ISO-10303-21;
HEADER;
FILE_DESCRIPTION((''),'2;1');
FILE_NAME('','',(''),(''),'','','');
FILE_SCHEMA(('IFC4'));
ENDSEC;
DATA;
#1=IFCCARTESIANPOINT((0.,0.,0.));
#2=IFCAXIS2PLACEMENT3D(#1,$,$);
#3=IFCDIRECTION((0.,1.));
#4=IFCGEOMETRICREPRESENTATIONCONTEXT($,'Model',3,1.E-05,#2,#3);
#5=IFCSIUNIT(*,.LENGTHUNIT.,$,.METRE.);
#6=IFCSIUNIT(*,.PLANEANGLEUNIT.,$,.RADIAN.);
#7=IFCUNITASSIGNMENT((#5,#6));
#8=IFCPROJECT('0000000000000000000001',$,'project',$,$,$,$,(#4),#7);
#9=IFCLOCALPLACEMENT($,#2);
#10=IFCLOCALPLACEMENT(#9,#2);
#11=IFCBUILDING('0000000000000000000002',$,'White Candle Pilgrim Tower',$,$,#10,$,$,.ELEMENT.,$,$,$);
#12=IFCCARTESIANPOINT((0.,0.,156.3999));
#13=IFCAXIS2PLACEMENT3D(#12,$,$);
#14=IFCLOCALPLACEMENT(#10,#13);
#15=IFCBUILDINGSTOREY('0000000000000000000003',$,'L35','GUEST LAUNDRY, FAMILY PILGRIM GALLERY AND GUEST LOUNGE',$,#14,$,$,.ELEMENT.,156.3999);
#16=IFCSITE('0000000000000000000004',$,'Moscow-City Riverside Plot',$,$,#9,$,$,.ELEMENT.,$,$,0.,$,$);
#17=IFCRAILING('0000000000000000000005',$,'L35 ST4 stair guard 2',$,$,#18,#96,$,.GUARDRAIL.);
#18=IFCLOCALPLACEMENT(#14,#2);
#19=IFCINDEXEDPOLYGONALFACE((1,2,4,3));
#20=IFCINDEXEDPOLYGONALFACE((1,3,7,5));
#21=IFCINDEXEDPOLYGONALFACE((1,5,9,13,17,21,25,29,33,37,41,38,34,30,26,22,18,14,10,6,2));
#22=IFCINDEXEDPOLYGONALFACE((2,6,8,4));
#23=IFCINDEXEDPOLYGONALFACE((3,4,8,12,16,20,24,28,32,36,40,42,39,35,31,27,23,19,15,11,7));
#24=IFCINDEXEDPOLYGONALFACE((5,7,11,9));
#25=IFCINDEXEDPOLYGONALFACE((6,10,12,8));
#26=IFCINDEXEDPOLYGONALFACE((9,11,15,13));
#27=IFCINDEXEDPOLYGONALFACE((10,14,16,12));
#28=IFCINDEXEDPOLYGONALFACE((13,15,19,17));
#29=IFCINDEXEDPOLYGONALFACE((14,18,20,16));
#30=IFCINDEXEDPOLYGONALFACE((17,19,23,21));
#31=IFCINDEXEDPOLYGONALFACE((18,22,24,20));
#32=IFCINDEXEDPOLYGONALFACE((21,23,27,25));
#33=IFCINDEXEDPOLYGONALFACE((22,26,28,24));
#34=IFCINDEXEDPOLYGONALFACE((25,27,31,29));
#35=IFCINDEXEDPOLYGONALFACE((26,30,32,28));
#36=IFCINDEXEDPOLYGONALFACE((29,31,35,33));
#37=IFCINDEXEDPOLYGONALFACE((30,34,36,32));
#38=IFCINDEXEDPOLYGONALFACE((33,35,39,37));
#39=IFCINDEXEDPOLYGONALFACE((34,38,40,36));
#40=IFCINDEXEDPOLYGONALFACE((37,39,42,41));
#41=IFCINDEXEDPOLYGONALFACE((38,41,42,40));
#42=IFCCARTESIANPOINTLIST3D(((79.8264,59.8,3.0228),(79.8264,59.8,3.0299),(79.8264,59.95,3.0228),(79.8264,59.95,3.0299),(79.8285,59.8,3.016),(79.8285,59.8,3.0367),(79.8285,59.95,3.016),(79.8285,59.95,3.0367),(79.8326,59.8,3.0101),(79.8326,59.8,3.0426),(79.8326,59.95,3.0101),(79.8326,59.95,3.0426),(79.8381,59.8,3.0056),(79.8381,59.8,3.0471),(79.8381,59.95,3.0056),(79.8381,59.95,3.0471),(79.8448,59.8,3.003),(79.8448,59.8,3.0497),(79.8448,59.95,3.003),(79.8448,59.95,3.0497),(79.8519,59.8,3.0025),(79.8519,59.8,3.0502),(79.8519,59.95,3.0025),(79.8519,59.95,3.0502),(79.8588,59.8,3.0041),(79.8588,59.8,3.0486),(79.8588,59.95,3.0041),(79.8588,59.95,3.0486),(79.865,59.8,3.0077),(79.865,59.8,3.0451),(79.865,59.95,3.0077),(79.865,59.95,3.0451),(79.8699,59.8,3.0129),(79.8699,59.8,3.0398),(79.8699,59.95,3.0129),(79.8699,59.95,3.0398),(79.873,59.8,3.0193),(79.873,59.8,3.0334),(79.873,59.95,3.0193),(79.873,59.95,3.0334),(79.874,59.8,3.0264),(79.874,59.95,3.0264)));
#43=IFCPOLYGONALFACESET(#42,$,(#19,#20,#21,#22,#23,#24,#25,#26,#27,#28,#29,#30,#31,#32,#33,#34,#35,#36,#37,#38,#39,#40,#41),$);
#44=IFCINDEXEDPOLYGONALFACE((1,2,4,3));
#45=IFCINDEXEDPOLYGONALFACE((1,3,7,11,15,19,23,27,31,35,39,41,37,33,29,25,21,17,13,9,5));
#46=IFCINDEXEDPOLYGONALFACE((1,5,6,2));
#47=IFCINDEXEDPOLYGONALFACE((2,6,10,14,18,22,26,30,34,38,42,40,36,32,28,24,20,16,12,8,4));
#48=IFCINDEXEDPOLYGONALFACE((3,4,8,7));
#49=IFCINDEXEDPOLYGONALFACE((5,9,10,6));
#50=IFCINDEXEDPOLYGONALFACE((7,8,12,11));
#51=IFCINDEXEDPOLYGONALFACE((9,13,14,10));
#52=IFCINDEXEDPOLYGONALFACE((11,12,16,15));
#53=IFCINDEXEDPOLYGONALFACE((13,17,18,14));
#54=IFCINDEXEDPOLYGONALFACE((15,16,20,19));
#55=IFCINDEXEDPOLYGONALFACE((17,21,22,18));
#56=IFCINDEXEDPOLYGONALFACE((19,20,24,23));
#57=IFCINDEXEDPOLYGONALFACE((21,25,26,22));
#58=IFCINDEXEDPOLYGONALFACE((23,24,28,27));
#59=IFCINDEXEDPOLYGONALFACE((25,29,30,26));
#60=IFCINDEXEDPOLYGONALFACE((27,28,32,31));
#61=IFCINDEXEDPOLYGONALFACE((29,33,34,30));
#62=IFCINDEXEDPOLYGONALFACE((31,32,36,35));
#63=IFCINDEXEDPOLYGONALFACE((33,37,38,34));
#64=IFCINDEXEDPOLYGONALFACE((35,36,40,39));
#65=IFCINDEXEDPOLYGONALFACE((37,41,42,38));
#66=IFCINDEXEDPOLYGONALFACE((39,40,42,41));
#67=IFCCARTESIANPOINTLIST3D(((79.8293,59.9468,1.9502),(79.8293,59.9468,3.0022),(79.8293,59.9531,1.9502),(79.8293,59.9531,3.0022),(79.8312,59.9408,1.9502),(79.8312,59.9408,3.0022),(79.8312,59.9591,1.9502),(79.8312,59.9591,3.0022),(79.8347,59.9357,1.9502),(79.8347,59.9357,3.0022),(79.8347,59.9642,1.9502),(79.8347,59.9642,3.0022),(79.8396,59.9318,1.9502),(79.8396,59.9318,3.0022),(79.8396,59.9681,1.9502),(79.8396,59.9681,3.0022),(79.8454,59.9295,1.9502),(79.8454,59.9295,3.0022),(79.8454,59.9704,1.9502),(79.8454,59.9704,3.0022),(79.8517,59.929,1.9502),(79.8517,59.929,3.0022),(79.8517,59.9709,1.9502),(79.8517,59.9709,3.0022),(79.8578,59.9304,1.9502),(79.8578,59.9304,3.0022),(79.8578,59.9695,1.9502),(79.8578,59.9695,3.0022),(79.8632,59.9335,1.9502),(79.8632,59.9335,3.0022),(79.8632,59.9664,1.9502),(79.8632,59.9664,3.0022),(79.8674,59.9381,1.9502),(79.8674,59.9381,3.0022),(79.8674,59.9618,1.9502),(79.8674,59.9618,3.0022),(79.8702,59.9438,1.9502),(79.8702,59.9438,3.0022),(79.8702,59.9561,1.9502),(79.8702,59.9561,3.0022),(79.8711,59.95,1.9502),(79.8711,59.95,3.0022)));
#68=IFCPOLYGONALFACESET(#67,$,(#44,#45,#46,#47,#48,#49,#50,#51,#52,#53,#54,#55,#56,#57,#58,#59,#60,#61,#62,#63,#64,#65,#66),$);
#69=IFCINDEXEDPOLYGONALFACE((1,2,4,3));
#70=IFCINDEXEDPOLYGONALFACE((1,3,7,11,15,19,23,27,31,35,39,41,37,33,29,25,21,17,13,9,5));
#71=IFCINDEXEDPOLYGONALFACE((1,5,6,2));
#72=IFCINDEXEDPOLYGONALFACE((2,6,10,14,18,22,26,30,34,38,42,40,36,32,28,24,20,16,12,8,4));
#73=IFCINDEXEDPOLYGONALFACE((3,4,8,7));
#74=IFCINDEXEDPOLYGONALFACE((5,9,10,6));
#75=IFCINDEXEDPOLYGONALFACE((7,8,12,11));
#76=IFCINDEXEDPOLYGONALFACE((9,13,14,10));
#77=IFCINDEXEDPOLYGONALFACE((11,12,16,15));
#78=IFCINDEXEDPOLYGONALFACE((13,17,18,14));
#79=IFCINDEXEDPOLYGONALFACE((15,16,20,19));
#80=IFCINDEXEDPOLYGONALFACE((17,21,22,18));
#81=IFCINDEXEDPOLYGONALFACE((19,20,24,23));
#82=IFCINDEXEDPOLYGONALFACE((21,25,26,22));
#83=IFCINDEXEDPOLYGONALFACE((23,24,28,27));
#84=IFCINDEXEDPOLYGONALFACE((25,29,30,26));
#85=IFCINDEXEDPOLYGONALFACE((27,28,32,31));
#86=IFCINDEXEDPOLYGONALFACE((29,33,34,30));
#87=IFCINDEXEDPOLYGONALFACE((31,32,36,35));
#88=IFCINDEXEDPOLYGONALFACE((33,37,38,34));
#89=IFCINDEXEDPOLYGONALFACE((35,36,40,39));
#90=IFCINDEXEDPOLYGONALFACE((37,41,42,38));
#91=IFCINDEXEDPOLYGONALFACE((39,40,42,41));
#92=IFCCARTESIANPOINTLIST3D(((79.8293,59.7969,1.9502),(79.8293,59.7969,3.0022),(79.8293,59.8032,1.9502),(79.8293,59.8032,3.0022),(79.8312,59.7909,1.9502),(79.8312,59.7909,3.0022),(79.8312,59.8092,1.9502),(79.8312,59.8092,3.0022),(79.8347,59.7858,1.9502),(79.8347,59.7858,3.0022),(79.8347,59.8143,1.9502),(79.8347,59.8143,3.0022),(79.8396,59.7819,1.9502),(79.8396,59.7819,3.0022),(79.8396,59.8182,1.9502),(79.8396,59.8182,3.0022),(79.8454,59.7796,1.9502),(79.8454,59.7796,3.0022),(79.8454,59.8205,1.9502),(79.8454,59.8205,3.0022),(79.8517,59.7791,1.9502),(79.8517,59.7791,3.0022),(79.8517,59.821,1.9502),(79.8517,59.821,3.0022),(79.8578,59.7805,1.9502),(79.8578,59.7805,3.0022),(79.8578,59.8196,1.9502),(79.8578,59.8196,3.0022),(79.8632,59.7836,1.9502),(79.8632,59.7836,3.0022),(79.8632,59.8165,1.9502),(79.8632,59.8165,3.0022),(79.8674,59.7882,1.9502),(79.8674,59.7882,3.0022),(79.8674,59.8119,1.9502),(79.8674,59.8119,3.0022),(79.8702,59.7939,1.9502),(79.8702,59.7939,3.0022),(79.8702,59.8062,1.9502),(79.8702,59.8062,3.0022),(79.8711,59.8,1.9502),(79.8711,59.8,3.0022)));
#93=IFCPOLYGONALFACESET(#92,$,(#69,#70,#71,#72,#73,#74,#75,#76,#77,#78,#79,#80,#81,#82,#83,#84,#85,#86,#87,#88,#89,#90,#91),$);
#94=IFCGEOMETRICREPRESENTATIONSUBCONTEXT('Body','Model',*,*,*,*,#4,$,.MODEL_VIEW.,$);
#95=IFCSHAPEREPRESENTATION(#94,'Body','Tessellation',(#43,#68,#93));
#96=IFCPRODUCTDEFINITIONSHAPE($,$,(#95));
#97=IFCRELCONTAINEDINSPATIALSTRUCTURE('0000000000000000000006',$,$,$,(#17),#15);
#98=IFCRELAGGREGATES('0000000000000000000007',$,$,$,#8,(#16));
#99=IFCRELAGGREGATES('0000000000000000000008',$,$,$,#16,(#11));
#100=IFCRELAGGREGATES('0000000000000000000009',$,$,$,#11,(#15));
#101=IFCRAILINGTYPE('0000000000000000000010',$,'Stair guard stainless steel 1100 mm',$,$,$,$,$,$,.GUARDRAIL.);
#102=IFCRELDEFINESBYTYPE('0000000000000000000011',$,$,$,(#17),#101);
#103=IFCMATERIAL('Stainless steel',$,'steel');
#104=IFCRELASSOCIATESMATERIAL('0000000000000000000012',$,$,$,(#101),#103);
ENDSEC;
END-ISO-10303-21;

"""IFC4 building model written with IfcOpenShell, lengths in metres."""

from ifc_helpers import new_model, si_unit, direction, frame, origin, origin_2d, place, context, subcontext, project, spatial, circle, extrude, material, type_object, element, save


model = new_model("IFC4")

# Units and contexts
model_context = context("Model", 3, precision=1e-05, world=origin(), true_north=direction((0.0, 1.0)))
body_context = subcontext(model_context, "Body", "Model", "MODEL_VIEW")
ifc_project = project(units=[si_unit("LENGTHUNIT", "METRE"), si_unit("PLANEANGLEUNIT", "RADIAN")], contexts=[model_context])

# Site, building, storey
site_placement = place(None, origin())
site = spatial("IfcSite", under=ifc_project, at=site_placement, Name="Moscow-City Riverside Plot", CompositionType="ELEMENT", RefElevation=0.0)
building_placement = place(site_placement, origin())
building = spatial("IfcBuilding", under=site, at=building_placement, Name="White Candle Pilgrim Tower", CompositionType="ELEMENT")
storey_placement = place(building_placement, frame((0.0, 0.0, 156.3999)))
storey = spatial("IfcBuildingStorey", under=building, at=storey_placement, Name="L35", Description="GUEST LAUNDRY, FAMILY PILGRIM GALLERY AND GUEST LOUNGE", CompositionType="ELEMENT", Elevation=156.3999)

# Railing
ifc_material_1 = material(Name="Stainless steel", Category="steel")
railing_type_1 = type_object("IfcRailingType", Name="Stair guard stainless steel 1100 mm", PredefinedType="GUARDRAIL", material=ifc_material_1)
railing_1_placement = place(storey_placement, frame((79.8501, 59.95, 1.9502)))
element("IfcRailing", 1, at=railing_1_placement, inside=storey, type_object=railing_type_1, Name="L35 ST4 stair guard 2", PredefinedType="GUARDRAIL", context=body_context, shape_type="SweptSolid", body=[
    extrude(circle(Radius=0.0239, at=origin_2d()), frame((0.0, 0.0, 1.0762), z_axis=(0.0, -1.0, 0.0), x_axis=(1.0, 0.0, 0.0)), (0.0, 0.0, 1.0), 0.1499),
    extrude(circle(Radius=0.021, at=origin_2d()), origin(), (0.0, 0.0, 1.0), 1.052),
    extrude(circle(Radius=0.021, at=origin_2d()), frame((0.0, -0.1499, 0.0)), (0.0, 0.0, 1.0), 1.052),
])

save(model, "model.ifc")
